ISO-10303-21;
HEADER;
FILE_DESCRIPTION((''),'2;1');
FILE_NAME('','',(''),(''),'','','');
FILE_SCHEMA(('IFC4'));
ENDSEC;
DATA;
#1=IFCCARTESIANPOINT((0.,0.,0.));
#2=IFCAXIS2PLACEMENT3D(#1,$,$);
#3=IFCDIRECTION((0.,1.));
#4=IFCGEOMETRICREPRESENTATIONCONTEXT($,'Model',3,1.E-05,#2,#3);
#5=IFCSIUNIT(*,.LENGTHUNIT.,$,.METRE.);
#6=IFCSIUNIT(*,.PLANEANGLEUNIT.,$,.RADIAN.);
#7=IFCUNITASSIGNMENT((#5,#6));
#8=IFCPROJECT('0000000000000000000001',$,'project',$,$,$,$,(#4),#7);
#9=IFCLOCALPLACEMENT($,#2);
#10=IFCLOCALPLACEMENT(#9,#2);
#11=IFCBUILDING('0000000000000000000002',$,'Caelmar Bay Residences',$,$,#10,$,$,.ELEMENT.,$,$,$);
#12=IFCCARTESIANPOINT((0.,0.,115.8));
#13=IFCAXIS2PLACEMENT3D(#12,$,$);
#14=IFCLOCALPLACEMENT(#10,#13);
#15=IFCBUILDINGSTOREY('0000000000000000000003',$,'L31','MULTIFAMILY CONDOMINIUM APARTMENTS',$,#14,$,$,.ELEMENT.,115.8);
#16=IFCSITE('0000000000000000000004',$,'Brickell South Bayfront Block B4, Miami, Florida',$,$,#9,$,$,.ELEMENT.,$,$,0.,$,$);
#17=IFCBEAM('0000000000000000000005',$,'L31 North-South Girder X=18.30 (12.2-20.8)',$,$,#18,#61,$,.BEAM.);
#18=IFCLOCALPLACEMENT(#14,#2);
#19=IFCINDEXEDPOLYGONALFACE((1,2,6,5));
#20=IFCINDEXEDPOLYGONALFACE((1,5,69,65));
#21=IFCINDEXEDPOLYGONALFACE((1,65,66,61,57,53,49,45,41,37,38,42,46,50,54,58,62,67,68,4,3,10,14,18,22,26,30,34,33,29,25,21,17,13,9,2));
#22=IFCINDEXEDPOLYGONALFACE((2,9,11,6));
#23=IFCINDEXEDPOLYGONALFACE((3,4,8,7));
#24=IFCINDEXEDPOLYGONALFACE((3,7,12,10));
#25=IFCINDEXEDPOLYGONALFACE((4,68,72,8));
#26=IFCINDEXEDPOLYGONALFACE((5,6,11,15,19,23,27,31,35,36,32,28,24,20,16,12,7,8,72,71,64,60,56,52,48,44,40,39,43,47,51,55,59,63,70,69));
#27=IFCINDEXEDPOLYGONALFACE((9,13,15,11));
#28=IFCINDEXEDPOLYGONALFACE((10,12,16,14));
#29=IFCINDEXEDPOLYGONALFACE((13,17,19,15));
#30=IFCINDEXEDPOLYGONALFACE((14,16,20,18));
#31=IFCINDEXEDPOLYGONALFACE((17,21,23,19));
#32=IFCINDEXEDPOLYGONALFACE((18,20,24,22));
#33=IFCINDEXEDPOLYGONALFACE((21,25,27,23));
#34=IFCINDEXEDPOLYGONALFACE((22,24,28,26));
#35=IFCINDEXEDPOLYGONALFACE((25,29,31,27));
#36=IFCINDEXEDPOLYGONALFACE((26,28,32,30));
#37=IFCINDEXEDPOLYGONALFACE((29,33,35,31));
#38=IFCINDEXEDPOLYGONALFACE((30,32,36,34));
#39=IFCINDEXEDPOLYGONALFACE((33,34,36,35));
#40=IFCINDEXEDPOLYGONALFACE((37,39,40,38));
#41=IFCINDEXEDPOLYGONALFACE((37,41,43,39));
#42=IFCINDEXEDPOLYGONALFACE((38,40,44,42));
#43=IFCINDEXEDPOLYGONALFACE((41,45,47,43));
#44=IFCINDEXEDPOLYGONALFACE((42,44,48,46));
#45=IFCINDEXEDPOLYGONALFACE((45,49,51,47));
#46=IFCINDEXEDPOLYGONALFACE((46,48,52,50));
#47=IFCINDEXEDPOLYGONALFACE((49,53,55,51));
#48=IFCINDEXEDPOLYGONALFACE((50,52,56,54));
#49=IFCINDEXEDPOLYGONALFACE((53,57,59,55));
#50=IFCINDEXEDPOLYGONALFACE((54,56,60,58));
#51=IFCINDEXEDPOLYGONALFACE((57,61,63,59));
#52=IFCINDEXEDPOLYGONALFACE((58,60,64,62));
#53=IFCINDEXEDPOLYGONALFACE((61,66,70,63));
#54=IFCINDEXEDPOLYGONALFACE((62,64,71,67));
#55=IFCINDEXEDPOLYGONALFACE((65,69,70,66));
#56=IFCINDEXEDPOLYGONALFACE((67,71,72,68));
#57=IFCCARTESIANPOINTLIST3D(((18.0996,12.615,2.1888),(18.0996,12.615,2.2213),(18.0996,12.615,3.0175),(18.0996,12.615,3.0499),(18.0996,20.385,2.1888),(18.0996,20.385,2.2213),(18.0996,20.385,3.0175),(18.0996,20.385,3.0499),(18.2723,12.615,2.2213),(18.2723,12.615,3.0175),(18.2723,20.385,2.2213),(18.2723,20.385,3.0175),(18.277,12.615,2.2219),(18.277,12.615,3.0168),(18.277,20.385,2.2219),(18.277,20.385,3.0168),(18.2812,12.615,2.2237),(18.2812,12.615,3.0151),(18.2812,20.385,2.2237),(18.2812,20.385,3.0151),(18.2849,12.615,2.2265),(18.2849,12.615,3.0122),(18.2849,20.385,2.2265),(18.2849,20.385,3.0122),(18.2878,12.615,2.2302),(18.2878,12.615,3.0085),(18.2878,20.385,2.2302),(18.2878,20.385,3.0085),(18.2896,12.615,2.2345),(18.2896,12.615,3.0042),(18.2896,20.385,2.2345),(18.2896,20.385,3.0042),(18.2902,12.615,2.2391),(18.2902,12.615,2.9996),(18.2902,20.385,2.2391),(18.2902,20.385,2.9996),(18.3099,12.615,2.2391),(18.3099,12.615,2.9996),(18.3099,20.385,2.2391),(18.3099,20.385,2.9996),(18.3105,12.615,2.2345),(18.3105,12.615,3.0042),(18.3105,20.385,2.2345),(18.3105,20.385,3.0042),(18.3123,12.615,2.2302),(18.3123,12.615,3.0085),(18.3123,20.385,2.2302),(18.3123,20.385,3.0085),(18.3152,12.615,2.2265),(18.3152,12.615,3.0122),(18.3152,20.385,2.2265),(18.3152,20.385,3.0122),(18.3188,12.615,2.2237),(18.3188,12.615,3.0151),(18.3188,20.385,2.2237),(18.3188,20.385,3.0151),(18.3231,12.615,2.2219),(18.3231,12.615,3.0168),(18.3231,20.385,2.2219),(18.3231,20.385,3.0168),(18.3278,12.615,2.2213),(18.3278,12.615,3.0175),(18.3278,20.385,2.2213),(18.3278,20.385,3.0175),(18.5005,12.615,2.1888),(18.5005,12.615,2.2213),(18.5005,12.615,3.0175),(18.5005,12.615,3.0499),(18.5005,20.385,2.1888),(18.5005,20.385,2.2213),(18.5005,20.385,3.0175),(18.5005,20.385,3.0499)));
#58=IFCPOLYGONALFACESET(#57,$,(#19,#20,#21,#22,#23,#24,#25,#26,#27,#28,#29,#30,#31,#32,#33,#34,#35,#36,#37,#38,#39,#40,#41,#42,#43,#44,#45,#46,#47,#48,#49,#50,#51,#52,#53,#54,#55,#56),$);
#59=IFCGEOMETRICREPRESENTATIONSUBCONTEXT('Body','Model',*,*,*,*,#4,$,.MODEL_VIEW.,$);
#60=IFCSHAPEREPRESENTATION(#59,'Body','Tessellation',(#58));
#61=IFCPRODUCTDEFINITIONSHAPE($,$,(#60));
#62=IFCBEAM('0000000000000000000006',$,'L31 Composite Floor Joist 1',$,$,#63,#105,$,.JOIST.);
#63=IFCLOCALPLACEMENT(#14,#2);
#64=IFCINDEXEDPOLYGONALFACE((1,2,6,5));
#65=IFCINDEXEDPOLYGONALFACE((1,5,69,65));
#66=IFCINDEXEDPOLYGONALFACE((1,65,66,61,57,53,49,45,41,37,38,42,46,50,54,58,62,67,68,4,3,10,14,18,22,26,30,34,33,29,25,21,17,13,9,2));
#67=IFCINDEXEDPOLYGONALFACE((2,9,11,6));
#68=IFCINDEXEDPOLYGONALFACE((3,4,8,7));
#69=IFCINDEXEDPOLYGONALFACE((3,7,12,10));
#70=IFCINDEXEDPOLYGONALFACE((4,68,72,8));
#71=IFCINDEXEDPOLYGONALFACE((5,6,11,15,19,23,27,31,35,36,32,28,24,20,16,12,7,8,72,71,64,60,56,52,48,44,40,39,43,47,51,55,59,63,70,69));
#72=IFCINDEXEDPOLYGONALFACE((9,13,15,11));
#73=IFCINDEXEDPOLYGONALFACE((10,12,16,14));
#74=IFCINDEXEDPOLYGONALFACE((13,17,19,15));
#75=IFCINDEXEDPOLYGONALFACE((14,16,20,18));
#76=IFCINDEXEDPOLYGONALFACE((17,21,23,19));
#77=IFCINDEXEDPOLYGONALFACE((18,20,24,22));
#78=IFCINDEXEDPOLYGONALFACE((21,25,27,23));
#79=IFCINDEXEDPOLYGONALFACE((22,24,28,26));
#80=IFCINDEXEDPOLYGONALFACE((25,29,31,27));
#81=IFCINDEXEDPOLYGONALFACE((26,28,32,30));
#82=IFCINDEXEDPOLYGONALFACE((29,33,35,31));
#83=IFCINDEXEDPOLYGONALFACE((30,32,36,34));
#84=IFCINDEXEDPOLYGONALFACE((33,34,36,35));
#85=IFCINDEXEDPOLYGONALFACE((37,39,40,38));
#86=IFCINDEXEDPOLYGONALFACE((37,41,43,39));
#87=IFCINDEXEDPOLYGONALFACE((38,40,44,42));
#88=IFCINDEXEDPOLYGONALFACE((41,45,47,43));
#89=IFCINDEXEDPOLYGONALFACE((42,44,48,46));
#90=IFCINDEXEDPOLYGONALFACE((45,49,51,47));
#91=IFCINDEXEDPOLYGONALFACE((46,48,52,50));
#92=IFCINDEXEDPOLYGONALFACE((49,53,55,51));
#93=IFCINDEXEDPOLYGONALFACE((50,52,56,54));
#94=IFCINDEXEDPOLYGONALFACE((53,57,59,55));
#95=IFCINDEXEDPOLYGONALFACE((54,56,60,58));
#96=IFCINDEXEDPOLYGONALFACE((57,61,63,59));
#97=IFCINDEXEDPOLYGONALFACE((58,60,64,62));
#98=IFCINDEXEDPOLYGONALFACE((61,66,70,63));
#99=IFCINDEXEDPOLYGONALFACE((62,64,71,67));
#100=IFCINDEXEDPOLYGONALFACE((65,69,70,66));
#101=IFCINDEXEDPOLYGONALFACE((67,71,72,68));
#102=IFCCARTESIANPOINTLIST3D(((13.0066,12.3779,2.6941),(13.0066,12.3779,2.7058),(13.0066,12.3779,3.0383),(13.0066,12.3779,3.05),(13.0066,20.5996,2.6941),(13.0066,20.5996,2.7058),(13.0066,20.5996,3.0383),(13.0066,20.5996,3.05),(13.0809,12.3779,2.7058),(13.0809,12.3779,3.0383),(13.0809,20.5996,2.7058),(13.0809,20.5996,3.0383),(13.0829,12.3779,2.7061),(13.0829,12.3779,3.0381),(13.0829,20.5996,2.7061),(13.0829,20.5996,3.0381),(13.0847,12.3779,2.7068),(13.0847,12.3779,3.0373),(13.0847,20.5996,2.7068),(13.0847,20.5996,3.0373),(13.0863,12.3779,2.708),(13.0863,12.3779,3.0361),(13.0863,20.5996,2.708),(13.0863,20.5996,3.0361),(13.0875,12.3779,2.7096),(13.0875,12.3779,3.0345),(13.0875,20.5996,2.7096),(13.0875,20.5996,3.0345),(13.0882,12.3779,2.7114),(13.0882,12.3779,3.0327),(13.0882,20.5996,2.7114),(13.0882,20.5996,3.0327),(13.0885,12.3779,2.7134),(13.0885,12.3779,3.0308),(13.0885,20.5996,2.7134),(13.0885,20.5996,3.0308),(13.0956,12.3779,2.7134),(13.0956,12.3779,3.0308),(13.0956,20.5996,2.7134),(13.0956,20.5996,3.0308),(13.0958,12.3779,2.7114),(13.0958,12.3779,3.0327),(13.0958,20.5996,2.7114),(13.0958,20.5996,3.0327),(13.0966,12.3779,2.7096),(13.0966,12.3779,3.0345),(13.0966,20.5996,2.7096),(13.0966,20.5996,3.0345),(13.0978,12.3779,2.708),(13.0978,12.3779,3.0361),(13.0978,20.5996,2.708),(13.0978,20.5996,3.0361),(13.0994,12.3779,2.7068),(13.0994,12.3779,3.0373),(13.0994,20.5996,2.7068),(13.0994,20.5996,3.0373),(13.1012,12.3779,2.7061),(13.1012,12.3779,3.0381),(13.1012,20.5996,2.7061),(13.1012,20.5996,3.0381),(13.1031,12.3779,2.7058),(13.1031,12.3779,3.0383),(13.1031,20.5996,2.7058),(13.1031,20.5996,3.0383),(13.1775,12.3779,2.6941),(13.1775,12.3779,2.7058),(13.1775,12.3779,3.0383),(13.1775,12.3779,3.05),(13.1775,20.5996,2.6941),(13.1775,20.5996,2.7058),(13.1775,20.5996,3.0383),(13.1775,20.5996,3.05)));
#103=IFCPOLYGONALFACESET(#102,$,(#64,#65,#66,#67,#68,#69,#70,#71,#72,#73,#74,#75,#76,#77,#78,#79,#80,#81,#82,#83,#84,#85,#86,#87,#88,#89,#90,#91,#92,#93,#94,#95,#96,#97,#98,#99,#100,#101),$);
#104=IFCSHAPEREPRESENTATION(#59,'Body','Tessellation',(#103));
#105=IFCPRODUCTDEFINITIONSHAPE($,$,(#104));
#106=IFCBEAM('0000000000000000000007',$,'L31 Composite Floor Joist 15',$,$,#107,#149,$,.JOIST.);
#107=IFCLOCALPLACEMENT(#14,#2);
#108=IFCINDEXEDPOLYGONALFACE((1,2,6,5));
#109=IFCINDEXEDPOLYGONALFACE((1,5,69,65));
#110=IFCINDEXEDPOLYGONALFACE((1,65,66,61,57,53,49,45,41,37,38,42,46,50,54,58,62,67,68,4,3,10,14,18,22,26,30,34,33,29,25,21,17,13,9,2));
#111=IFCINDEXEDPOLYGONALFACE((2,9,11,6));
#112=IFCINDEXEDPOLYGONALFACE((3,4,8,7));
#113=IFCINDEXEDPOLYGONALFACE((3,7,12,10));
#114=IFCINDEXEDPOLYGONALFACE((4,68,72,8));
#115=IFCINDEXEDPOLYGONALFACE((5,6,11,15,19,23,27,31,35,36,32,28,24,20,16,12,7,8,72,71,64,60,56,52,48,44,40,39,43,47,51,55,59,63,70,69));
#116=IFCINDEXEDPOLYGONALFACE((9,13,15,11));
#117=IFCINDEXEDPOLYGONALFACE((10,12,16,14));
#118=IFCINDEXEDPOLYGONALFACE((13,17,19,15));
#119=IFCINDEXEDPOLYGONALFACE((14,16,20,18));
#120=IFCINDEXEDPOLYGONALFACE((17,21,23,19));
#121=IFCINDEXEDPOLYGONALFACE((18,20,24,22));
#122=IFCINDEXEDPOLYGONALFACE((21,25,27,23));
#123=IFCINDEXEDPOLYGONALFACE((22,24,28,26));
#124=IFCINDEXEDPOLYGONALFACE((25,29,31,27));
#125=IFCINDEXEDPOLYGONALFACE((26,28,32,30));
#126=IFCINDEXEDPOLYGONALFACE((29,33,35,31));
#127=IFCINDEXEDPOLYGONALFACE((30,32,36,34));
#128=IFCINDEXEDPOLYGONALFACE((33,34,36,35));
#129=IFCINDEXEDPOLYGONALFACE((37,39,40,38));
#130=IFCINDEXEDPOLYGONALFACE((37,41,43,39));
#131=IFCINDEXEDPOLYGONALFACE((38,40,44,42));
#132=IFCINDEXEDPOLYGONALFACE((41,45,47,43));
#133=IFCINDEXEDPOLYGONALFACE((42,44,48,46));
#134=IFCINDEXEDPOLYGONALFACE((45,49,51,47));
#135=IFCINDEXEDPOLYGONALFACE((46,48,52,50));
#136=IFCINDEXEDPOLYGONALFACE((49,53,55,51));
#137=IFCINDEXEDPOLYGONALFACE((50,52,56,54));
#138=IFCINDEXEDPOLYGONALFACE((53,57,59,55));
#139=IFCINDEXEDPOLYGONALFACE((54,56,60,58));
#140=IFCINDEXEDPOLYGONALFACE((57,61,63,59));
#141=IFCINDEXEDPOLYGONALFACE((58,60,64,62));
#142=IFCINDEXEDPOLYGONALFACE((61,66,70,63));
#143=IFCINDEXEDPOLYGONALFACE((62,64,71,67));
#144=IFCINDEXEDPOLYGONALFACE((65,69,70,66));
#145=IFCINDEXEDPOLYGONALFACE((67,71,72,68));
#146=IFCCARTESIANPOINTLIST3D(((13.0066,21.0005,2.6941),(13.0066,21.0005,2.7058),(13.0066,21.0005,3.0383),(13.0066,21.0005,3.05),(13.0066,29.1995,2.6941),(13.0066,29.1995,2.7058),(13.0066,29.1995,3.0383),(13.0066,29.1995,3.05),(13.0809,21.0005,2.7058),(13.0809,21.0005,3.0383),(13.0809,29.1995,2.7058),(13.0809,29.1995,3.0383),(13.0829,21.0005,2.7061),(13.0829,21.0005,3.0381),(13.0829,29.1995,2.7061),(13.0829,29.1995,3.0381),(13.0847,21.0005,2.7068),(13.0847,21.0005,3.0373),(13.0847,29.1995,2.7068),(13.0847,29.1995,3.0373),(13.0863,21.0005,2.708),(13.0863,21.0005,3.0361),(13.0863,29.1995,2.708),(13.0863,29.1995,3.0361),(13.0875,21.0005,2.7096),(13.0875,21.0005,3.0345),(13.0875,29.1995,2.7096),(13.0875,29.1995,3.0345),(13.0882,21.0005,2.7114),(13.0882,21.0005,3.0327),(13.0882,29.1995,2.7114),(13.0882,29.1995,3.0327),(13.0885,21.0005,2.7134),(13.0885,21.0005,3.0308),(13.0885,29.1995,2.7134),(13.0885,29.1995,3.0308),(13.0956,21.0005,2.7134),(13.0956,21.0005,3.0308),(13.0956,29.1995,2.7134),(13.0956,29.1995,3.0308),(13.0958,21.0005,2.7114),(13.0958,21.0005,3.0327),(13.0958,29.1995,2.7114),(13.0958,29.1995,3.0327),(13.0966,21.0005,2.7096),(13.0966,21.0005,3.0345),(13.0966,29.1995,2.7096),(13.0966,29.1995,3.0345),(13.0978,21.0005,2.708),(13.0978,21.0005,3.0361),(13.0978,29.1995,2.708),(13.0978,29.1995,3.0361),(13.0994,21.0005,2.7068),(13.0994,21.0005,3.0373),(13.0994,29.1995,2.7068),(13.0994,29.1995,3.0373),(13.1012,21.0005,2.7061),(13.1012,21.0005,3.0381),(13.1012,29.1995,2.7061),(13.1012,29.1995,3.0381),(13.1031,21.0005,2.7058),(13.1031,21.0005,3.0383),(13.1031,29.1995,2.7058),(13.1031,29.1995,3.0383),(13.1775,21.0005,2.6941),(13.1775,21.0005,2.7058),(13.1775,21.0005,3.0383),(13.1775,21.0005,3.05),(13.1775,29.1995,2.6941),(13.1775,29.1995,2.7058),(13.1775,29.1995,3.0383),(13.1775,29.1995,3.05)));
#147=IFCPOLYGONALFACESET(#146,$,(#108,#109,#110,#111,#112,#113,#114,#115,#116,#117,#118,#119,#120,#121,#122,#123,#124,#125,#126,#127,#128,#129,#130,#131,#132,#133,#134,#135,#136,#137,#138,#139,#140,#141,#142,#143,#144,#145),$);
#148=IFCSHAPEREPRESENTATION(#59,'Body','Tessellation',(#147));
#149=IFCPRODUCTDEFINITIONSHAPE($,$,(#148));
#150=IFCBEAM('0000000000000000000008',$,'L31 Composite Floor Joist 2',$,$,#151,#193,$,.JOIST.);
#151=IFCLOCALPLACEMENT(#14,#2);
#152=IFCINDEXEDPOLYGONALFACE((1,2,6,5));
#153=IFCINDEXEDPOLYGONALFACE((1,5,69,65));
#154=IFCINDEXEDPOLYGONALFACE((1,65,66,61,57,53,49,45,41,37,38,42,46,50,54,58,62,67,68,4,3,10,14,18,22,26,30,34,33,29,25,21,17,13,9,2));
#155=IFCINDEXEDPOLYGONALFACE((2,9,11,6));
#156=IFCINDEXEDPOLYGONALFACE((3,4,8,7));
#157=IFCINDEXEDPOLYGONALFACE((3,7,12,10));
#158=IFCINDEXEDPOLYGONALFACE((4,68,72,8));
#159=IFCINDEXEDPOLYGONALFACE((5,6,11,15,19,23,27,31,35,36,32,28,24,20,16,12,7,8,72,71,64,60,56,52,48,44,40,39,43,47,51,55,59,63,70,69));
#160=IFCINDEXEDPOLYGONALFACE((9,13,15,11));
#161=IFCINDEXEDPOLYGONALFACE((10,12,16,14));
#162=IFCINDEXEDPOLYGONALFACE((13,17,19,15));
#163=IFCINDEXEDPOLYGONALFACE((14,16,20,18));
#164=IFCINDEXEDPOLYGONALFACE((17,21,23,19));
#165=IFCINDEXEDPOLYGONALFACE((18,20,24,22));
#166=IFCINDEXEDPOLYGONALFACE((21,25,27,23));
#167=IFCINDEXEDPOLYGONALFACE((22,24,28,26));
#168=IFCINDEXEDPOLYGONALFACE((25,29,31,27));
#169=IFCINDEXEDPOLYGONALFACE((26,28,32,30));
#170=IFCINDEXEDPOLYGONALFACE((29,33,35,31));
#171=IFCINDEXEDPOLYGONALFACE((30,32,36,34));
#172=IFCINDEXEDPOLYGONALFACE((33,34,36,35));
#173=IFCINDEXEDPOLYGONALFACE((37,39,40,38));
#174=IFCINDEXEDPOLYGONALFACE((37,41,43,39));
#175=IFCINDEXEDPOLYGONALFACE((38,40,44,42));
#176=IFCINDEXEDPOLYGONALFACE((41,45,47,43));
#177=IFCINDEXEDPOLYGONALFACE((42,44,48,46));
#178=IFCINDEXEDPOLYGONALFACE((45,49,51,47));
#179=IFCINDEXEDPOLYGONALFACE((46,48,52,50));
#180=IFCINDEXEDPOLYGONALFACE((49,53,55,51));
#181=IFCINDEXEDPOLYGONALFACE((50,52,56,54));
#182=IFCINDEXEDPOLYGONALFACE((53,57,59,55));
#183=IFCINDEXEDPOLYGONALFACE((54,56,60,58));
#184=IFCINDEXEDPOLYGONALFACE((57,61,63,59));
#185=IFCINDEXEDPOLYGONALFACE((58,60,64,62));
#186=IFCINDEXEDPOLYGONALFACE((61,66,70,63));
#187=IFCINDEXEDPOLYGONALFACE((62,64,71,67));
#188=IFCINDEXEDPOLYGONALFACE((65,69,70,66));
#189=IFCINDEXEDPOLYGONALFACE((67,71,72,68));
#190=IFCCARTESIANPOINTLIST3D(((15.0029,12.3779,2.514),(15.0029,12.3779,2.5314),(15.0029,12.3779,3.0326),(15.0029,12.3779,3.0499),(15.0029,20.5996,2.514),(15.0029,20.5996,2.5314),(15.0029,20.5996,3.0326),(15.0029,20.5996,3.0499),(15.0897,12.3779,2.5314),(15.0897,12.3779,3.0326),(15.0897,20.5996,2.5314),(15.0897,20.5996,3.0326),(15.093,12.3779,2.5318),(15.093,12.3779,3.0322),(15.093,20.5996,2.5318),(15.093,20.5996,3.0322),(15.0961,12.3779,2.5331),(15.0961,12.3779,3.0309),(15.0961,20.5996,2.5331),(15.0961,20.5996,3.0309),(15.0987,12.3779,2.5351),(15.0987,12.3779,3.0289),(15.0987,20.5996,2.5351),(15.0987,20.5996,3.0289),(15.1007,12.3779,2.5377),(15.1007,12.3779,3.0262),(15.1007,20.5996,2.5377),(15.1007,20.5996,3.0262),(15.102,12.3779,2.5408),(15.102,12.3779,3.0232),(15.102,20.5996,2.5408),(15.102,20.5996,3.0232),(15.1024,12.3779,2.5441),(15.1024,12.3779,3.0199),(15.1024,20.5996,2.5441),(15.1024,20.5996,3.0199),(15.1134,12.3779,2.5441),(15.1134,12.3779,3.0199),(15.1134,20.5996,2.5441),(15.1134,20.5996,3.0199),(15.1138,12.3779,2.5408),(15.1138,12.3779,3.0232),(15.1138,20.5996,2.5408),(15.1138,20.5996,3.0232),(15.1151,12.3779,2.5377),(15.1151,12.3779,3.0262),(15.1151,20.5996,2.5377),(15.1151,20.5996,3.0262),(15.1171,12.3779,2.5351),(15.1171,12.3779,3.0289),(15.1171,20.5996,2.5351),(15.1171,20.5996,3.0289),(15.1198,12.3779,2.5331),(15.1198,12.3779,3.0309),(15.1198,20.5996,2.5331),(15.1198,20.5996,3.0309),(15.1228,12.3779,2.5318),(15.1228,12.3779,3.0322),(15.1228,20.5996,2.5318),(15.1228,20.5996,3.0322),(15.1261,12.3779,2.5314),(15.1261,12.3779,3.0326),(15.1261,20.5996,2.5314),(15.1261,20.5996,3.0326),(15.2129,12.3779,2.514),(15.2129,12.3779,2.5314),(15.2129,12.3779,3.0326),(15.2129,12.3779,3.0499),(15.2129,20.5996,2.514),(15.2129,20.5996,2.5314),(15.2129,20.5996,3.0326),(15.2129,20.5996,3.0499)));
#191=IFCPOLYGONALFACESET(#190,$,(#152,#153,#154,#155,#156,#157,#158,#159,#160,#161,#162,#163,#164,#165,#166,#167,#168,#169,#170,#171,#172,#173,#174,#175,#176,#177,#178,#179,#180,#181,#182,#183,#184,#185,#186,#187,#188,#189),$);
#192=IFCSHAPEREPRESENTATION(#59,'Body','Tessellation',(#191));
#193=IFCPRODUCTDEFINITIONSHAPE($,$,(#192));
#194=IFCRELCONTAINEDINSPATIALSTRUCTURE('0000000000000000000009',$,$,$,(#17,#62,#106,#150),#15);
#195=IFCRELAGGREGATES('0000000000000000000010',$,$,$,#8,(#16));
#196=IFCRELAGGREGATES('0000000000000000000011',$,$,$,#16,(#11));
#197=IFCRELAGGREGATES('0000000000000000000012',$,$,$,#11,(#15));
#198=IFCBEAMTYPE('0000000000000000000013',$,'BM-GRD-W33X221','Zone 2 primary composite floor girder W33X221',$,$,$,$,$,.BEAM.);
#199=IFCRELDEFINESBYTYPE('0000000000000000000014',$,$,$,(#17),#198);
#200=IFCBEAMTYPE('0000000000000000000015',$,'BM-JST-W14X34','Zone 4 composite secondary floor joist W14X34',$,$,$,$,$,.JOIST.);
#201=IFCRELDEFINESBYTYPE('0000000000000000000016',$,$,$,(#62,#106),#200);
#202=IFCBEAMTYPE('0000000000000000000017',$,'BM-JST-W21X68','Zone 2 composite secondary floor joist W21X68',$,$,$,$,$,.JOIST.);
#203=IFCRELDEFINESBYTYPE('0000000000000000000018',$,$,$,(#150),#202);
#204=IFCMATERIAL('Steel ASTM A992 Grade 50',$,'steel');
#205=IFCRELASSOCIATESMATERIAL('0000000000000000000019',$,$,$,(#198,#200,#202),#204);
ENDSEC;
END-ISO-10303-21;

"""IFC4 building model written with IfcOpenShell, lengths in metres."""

from ifc_helpers import new_model, si_unit, direction, frame, origin, origin_2d, place, context, subcontext, project, spatial, i_section, extrude, material, material_profile, profile_set, type_object, element, save


model = new_model("IFC4")

# Units and contexts
model_context = context("Model", 3, precision=1e-05, world=origin(), true_north=direction((0.0, 1.0)))
body_context = subcontext(model_context, "Body", "Model", "MODEL_VIEW")
ifc_project = project(units=[si_unit("LENGTHUNIT", "METRE"), si_unit("PLANEANGLEUNIT", "RADIAN")], contexts=[model_context])

# Site, building, storey
site_placement = place(None, origin())
site = spatial("IfcSite", under=ifc_project, at=site_placement, Name="Brickell South Bayfront Block B4, Miami, Florida", CompositionType="ELEMENT", RefElevation=0.0)
building_placement = place(site_placement, origin())
building = spatial("IfcBuilding", under=site, at=building_placement, Name="Caelmar Bay Residences", CompositionType="ELEMENT")
storey_placement = place(building_placement, frame((0.0, 0.0, 115.8)))
storey = spatial("IfcBuildingStorey", under=building, at=storey_placement, Name="L31", Description="MULTIFAMILY CONDOMINIUM APARTMENTS", CompositionType="ELEMENT", Elevation=115.8)

# Beams
ifc_material_1 = material(Name="Steel ASTM A992 Grade 50", Category="steel")
ifc_material_profile_1 = material_profile(ifc_material_1, i_section(OverallWidth=0.4009, OverallDepth=0.8611, WebThickness=0.0198, FlangeThickness=0.0325, FilletRadius=0.0178, at=origin_2d()), Name="W33X221")
ifc_profile_set_1 = profile_set([ifc_material_profile_1], Name="Steel ASTM A992 Grade 50")
beam_type_1 = type_object("IfcBeamType", Name="BM-GRD-W33X221", Description="Zone 2 primary composite floor girder W33X221", PredefinedType="BEAM", material=ifc_profile_set_1)
for number, where, z_axis, x_axis, name in (
    (1, (18.3, 12.615, 2.6194), (0.0, 1.0, 0.0), (-1.0, 0.0, 0.0), "L31 North-South Girder X=18.30 (12.2-20.8)"),
):
    element("IfcBeam", number, at=place(storey_placement, frame(where, z_axis=z_axis, x_axis=x_axis)), inside=storey, type_object=beam_type_1, Name=name, PredefinedType="BEAM", context=body_context, shape_type="SweptSolid", body=[
        extrude(i_section(OverallWidth=0.4009, OverallDepth=0.8611, WebThickness=0.0198, FlangeThickness=0.0325, FilletRadius=0.0178, at=origin_2d()), origin(), (0.0, 0.0, 1.0), 7.77),
    ])
ifc_material_profile_2 = material_profile(ifc_material_1, i_section(OverallWidth=0.1709, OverallDepth=0.356, WebThickness=0.0071, FlangeThickness=0.0117, FilletRadius=0.0076, at=origin_2d()), Name="W14X34")
ifc_profile_set_2 = profile_set([ifc_material_profile_2], Name="Steel ASTM A992 Grade 50")
beam_type_2 = type_object("IfcBeamType", Name="BM-JST-W14X34", Description="Zone 4 composite secondary floor joist W14X34", PredefinedType="JOIST", material=ifc_profile_set_2)
beam_1_placement = place(storey_placement, frame((13.092, 12.3779, 2.8721), z_axis=(0.0, 1.0, 0.0), x_axis=(-1.0, 0.0, 0.0)))
element("IfcBeam", 2, at=beam_1_placement, inside=storey, type_object=beam_type_2, Name="L31 Composite Floor Joist 1", PredefinedType="JOIST", context=body_context, shape_type="SweptSolid", body=[
    extrude(i_section(OverallWidth=0.1709, OverallDepth=0.356, WebThickness=0.0071, FlangeThickness=0.0117, FilletRadius=0.0076, at=origin_2d()), origin(), (0.0, 0.0, 1.0), 8.2217),
])
beam_2_placement = place(storey_placement, frame((13.092, 21.0005, 2.8721), z_axis=(0.0, 1.0, 0.0), x_axis=(-1.0, 0.0, 0.0)))
element("IfcBeam", 3, at=beam_2_placement, inside=storey, type_object=beam_type_2, Name="L31 Composite Floor Joist 15", PredefinedType="JOIST", context=body_context, shape_type="SweptSolid", body=[
    extrude(i_section(OverallWidth=0.1709, OverallDepth=0.356, WebThickness=0.0071, FlangeThickness=0.0117, FilletRadius=0.0076, at=origin_2d()), origin(), (0.0, 0.0, 1.0), 8.199),
])
ifc_material_profile_3 = material_profile(ifc_material_1, i_section(OverallWidth=0.21, OverallDepth=0.5359, WebThickness=0.011, FlangeThickness=0.0173, FilletRadius=0.0127, at=origin_2d()), Name="W21X68")
ifc_profile_set_3 = profile_set([ifc_material_profile_3], Name="Steel ASTM A992 Grade 50")
beam_type_3 = type_object("IfcBeamType", Name="BM-JST-W21X68", Description="Zone 2 composite secondary floor joist W21X68", PredefinedType="JOIST", material=ifc_profile_set_3)
beam_3_placement = place(storey_placement, frame((15.1079, 12.3779, 2.782), z_axis=(0.0, 1.0, 0.0), x_axis=(-1.0, 0.0, 0.0)))
element("IfcBeam", 4, at=beam_3_placement, inside=storey, type_object=beam_type_3, Name="L31 Composite Floor Joist 2", PredefinedType="JOIST", context=body_context, shape_type="SweptSolid", body=[
    extrude(i_section(OverallWidth=0.21, OverallDepth=0.5359, WebThickness=0.011, FlangeThickness=0.0173, FilletRadius=0.0127, at=origin_2d()), origin(), (0.0, 0.0, 1.0), 8.2217),
])

save(model, "model.ifc")
